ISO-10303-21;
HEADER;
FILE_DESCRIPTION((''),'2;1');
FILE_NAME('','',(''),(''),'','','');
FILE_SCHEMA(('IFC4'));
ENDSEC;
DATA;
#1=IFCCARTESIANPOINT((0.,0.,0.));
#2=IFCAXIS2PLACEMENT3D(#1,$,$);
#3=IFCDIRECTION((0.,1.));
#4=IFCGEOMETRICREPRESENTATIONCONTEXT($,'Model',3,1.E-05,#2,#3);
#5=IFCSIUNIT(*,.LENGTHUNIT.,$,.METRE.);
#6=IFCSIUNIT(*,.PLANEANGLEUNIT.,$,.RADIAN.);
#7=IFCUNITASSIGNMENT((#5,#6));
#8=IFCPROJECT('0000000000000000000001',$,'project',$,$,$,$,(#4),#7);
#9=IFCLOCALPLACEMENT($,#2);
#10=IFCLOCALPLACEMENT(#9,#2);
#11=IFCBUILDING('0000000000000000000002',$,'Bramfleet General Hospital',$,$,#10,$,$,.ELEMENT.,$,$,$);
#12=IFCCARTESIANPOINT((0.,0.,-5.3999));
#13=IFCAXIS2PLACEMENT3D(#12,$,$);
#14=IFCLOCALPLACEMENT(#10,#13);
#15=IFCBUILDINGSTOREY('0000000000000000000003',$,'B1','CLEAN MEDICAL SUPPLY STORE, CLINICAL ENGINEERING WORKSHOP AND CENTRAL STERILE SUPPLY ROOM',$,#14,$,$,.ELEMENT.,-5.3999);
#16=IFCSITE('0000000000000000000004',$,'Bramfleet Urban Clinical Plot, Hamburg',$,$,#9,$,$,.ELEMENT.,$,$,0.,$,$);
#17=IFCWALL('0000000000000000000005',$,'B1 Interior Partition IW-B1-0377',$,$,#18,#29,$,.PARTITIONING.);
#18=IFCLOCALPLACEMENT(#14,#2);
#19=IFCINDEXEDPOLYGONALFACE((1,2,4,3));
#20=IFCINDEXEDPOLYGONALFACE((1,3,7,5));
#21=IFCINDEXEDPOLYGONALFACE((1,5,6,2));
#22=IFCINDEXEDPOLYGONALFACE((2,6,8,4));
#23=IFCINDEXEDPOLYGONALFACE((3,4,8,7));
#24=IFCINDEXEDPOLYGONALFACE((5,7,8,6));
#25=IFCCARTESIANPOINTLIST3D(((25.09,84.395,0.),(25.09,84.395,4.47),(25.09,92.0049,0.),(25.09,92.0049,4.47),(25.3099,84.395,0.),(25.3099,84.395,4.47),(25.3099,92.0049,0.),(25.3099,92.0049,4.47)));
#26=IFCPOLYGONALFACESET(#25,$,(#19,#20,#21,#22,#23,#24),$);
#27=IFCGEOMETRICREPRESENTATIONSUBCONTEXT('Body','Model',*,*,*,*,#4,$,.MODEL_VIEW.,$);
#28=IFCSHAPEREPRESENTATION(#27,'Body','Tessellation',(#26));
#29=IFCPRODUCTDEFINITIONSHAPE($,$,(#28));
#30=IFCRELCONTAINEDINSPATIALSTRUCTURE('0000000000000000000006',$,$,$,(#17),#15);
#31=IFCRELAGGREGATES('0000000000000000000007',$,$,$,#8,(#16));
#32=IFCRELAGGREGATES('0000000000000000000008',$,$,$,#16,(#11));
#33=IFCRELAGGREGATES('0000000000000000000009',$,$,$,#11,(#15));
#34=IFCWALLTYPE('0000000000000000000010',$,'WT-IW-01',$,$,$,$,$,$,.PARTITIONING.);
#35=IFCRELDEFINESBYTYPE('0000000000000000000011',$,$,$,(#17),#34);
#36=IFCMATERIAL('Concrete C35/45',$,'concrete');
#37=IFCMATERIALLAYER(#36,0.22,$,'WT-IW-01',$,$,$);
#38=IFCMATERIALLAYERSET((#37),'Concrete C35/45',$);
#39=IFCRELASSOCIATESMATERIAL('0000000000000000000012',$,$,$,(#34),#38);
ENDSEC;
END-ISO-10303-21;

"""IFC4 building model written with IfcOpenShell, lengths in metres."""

from ifc_helpers import new_model, si_unit, direction, frame, frame_2d, origin, place, context, subcontext, project, spatial, rectangle, extrude, material, layer, layer_set, type_object, element, save


model = new_model("IFC4")

# Units and contexts
model_context = context("Model", 3, precision=1e-05, world=origin(), true_north=direction((0.0, 1.0)))
body_context = subcontext(model_context, "Body", "Model", "MODEL_VIEW")
ifc_project = project(units=[si_unit("LENGTHUNIT", "METRE"), si_unit("PLANEANGLEUNIT", "RADIAN")], contexts=[model_context])

# Site, building, storey
site_placement = place(None, origin())
site = spatial("IfcSite", under=ifc_project, at=site_placement, Name="Bramfleet Urban Clinical Plot, Hamburg", CompositionType="ELEMENT", RefElevation=0.0)
building_placement = place(site_placement, origin())
building = spatial("IfcBuilding", under=site, at=building_placement, Name="Bramfleet General Hospital", CompositionType="ELEMENT")
storey_placement = place(building_placement, frame((0.0, 0.0, -5.3999)))
storey = spatial("IfcBuildingStorey", under=building, at=storey_placement, Name="B1", Description="CLEAN MEDICAL SUPPLY STORE, CLINICAL ENGINEERING WORKSHOP AND CENTRAL STERILE SUPPLY ROOM", CompositionType="ELEMENT", Elevation=-5.3999)

# Shared definitions
ifc_material_1 = material(Name="Concrete C35/45", Category="concrete")

# Wall
ifc_layer_1 = layer(ifc_material_1, 0.22, Name="WT-IW-01")
ifc_layer_set_1 = layer_set([ifc_layer_1], Name="Concrete C35/45")
wall_type_1 = type_object("IfcWallType", Name="WT-IW-01", PredefinedType="PARTITIONING", material=ifc_layer_set_1)
wall_1_placement = place(storey_placement, frame((25.2, 84.395, 0.0), z_axis=(0.0, 0.0, 1.0), x_axis=(0.0, 1.0, 0.0)))
element("IfcWall", 1, at=wall_1_placement, inside=storey, type_object=wall_type_1, Name="B1 Interior Partition IW-B1-0377", PredefinedType="PARTITIONING", context=body_context, shape_type="SweptSolid", body=[
    extrude(rectangle(XDim=7.6099, YDim=0.22, at=frame_2d((3.8049, 0.0))), origin(), (0.0, 0.0, 1.0), 4.47),
])

save(model, "model.ifc")
